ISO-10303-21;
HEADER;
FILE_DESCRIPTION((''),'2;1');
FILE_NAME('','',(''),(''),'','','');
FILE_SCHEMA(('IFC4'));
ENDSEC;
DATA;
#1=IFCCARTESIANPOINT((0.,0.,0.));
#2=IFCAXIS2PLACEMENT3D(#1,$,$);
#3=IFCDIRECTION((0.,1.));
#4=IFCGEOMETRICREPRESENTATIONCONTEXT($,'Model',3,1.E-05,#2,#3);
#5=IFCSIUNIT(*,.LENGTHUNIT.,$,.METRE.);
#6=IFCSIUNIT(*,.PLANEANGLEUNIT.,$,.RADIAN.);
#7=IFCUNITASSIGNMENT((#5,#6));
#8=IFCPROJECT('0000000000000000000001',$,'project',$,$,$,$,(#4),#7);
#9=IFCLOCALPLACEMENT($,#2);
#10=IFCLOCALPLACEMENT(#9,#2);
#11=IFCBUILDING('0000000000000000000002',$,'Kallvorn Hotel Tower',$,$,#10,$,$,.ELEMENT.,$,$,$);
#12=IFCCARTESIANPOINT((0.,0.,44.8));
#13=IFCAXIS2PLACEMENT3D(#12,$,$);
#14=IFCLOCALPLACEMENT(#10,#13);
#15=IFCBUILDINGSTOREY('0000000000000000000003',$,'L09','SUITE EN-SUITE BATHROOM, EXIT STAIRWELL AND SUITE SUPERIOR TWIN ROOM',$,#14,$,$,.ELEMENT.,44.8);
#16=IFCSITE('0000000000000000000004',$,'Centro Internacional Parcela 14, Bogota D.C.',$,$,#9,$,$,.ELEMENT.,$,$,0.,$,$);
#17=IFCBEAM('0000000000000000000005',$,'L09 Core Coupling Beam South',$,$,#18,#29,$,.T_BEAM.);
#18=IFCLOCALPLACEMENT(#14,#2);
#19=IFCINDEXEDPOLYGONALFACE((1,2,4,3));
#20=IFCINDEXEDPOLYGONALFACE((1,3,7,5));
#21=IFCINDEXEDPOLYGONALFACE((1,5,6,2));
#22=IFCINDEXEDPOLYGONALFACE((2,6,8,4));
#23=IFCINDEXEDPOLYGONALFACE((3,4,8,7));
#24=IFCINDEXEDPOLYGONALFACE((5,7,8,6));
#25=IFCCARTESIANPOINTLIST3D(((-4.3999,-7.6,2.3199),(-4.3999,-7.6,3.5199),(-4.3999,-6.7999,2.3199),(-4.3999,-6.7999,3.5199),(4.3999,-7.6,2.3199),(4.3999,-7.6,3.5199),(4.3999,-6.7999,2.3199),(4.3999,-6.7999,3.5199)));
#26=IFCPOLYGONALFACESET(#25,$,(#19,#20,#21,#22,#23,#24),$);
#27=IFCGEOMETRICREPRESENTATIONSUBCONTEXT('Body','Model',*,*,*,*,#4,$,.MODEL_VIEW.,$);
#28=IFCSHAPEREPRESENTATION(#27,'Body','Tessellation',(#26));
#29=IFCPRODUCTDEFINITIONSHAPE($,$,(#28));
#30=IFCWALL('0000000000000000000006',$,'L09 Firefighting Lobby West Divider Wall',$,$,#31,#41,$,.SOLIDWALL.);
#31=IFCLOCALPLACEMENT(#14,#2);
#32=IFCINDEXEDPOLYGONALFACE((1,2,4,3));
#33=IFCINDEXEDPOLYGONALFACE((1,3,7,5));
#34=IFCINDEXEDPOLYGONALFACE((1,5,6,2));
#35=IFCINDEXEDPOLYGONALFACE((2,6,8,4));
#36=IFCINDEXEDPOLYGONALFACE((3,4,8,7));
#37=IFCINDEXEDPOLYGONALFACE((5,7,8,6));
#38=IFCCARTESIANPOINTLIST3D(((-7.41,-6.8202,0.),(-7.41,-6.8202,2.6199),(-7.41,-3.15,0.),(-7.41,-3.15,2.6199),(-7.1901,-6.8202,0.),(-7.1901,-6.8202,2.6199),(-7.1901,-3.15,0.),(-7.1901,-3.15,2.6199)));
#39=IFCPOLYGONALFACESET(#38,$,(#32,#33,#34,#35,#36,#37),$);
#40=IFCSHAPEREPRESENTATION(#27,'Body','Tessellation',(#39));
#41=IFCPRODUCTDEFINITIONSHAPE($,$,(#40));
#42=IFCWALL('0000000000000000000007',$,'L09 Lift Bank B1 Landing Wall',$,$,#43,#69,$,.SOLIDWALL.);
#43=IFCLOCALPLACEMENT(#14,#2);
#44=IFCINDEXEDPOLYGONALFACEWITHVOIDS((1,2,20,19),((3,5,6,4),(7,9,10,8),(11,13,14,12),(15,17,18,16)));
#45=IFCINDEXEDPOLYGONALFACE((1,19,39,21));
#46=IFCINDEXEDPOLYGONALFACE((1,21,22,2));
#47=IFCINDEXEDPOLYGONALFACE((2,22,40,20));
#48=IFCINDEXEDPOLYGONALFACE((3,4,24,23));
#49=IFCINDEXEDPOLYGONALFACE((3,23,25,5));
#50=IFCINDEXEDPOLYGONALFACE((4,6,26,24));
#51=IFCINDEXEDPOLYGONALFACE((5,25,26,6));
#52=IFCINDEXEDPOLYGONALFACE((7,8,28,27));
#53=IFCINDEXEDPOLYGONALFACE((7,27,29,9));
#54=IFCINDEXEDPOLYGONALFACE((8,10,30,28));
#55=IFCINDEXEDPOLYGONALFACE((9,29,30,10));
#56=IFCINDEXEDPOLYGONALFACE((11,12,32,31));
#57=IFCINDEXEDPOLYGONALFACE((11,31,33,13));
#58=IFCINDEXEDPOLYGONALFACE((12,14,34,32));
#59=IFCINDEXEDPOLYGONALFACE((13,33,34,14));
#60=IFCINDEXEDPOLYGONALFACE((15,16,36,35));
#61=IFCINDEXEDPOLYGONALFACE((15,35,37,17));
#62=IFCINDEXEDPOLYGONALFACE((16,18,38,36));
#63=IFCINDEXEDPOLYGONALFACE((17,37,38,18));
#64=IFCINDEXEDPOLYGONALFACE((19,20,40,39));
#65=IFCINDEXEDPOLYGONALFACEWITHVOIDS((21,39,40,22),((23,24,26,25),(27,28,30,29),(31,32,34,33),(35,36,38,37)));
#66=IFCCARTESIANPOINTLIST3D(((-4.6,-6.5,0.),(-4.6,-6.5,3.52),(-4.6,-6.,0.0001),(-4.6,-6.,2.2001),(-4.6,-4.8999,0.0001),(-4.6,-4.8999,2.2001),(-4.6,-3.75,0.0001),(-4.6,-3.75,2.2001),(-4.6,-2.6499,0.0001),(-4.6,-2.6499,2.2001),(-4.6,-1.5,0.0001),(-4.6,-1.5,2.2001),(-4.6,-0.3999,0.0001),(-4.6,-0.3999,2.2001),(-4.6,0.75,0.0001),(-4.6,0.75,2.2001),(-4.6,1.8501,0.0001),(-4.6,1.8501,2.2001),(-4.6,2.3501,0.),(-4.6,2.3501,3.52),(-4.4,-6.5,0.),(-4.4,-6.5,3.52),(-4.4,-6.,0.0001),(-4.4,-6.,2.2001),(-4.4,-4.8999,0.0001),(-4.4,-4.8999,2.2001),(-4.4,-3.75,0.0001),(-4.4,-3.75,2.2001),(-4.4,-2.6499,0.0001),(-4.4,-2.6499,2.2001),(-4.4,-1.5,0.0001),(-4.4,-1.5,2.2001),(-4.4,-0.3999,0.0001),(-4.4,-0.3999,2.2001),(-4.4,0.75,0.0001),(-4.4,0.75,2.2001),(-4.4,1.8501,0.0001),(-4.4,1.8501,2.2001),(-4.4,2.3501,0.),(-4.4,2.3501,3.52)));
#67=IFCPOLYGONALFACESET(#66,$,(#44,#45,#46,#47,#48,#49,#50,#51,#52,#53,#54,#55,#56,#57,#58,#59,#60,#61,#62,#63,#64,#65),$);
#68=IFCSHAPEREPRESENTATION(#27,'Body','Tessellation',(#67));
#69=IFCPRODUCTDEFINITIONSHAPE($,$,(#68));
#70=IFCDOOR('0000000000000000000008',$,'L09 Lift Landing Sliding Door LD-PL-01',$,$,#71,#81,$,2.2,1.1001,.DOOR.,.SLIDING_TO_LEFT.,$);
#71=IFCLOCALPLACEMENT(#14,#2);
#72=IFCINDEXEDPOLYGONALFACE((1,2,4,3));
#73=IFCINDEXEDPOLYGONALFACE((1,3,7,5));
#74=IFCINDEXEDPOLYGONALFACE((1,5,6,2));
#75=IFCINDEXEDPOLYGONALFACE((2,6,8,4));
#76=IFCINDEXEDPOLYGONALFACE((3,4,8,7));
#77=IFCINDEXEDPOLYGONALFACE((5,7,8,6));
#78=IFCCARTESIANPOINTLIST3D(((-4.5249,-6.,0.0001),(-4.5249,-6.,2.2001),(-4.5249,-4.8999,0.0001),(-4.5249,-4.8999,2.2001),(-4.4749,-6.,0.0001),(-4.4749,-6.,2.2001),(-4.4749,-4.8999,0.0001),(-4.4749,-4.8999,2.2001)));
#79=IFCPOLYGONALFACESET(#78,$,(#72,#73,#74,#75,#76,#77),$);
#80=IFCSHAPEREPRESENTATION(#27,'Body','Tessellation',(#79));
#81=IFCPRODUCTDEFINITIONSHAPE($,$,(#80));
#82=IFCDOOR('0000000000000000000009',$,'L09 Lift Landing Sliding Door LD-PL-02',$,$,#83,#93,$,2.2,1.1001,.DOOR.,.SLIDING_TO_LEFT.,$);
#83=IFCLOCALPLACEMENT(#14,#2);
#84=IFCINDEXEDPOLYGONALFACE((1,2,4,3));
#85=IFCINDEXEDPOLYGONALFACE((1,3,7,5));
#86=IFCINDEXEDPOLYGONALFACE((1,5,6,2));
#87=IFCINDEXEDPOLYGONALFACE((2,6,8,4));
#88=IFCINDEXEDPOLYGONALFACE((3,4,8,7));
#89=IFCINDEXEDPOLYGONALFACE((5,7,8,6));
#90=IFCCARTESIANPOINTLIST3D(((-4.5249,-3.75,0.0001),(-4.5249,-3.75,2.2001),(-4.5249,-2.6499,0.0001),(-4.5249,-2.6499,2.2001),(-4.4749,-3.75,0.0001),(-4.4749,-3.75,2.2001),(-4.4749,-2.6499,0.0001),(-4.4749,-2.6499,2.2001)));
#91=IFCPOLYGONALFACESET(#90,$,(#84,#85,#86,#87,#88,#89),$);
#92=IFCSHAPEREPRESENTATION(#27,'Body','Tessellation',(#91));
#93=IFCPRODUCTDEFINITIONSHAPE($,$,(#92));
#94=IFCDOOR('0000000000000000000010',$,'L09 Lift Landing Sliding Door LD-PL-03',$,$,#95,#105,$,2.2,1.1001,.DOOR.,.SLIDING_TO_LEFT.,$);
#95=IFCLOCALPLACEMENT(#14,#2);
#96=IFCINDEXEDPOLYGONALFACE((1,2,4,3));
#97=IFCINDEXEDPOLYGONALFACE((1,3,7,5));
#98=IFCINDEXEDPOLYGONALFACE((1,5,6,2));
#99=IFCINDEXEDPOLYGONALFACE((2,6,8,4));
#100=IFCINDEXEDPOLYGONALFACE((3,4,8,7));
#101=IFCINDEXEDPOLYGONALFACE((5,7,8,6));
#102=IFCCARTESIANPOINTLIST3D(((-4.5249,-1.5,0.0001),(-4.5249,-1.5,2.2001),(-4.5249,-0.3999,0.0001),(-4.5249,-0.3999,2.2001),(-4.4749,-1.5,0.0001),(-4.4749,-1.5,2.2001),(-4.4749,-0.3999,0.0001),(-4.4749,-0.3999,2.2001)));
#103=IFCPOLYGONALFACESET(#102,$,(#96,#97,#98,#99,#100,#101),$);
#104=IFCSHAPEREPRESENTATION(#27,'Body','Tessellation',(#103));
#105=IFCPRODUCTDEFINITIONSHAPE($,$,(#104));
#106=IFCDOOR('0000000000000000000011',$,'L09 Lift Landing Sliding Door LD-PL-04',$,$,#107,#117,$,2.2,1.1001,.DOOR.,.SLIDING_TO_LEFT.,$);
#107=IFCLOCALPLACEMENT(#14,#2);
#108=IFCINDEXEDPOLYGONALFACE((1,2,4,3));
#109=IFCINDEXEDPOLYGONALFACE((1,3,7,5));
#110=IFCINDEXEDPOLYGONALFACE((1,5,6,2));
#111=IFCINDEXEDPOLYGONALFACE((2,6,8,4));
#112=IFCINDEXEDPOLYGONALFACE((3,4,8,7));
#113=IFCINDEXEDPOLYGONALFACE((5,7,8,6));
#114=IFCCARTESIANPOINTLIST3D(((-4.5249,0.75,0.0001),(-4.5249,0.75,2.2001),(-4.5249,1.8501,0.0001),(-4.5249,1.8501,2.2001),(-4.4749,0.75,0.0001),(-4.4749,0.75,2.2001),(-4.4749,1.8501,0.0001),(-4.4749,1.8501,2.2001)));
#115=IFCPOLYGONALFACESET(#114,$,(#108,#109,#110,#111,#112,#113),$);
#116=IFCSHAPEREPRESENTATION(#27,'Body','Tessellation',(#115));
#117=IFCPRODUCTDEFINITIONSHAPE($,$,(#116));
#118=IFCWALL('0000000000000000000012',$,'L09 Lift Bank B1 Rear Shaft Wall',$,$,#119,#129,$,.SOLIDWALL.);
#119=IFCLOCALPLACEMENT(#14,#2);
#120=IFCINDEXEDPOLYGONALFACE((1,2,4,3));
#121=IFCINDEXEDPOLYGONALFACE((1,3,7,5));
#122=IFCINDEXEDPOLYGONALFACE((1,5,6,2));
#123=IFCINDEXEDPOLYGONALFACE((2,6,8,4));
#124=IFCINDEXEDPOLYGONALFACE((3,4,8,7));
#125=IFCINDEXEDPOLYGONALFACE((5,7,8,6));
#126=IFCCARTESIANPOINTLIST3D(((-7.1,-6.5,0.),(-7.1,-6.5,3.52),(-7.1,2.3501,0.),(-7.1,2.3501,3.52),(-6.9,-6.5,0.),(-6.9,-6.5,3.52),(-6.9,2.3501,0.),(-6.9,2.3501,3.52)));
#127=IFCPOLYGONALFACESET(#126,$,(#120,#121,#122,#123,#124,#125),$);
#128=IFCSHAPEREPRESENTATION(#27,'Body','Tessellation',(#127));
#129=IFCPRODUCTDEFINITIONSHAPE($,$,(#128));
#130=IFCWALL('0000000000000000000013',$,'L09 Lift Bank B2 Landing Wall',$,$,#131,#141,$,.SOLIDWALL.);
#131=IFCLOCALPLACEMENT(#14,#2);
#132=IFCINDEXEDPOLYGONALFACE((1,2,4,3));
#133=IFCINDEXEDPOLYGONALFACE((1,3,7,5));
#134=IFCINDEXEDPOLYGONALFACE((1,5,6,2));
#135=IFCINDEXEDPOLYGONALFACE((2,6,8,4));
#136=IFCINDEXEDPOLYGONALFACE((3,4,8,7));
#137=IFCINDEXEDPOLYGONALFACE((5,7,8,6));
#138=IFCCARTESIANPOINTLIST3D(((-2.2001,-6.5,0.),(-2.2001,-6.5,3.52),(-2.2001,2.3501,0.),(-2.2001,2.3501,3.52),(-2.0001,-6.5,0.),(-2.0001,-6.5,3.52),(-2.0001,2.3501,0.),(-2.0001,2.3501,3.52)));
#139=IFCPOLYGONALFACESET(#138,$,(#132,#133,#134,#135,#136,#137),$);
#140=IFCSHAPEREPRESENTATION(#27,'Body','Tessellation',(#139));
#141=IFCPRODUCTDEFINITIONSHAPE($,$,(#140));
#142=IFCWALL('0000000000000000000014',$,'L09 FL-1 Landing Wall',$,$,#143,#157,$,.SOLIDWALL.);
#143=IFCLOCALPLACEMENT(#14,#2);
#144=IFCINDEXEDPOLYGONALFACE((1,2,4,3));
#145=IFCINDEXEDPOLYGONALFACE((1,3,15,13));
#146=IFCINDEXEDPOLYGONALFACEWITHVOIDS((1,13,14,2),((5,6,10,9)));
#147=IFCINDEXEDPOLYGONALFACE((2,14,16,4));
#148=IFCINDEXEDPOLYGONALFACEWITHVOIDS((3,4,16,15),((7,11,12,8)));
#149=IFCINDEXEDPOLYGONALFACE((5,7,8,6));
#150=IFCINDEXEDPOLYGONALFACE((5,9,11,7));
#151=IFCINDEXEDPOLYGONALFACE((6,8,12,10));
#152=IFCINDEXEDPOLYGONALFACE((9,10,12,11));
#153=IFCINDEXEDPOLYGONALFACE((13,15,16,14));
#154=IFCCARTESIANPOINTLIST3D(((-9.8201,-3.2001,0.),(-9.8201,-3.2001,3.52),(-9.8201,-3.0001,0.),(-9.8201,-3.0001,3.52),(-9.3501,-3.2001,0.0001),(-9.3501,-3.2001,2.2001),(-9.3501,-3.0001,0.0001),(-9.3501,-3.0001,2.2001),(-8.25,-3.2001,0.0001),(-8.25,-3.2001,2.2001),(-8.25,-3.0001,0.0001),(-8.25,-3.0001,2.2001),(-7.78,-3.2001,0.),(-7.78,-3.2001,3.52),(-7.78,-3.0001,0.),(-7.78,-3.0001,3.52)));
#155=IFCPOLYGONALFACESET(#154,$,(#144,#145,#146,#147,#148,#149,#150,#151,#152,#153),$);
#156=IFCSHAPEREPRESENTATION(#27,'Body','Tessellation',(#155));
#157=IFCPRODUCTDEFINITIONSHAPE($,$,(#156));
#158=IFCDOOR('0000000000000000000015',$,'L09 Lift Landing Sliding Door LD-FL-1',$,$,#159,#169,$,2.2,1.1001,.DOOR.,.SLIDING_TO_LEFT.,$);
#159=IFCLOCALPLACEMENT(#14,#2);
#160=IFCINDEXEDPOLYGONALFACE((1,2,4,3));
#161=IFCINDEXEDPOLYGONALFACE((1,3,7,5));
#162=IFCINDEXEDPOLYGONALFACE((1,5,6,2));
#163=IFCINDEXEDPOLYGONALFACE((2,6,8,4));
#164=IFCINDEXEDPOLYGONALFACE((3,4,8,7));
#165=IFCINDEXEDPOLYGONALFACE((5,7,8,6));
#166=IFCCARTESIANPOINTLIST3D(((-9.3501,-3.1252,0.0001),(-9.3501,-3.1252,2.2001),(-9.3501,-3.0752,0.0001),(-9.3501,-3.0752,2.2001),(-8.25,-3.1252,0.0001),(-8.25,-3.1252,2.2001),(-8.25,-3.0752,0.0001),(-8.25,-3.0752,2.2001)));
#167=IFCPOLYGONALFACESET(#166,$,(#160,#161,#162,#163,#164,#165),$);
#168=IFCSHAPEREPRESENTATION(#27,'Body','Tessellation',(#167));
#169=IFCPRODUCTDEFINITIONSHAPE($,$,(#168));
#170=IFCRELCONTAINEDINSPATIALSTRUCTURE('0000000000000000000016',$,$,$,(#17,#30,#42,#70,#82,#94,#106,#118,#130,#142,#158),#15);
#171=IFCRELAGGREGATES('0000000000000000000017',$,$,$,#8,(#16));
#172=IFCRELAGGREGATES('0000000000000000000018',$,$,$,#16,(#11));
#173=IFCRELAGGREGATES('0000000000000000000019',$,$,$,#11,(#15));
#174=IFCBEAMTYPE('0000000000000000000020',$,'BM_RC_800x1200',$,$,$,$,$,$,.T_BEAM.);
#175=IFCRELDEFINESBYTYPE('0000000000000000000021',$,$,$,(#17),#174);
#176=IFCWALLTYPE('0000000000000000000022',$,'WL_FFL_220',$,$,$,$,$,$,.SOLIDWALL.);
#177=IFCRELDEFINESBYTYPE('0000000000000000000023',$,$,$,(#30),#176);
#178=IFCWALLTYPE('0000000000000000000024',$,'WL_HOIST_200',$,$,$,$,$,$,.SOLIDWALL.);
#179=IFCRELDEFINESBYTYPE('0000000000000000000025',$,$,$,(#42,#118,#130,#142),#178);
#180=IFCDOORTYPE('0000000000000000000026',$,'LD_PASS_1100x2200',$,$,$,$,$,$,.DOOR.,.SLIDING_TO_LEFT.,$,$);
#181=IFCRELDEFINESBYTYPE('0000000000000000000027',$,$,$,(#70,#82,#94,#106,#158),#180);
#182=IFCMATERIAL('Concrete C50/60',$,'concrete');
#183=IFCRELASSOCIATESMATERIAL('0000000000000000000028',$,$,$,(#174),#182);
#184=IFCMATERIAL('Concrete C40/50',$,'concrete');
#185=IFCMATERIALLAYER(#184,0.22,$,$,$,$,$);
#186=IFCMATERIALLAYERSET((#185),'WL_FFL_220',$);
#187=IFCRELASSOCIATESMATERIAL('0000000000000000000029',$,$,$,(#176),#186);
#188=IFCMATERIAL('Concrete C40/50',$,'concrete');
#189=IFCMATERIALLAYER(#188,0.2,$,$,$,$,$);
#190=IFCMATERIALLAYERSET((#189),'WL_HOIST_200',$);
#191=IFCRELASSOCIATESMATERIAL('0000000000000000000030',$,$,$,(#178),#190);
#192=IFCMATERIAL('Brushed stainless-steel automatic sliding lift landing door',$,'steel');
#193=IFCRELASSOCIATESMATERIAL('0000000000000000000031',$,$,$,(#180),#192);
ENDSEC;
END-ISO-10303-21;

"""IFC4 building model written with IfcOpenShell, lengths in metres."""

from ifc_helpers import new_model, si_unit, direction, frame, frame_2d, origin, origin_2d, place, context, subcontext, project, spatial, rectangle, extrude, material, layer, layer_set, material_profile, profile_set, type_object, element, fill, save


model = new_model("IFC4")

# Units and contexts
model_context = context("Model", 3, precision=1e-05, world=origin(), true_north=direction((0.0, 1.0)))
body_context = subcontext(model_context, "Body", "Model", "MODEL_VIEW")
ifc_project = project(units=[si_unit("LENGTHUNIT", "METRE"), si_unit("PLANEANGLEUNIT", "RADIAN")], contexts=[model_context])

# Site, building, storey
site_placement = place(None, origin())
site = spatial("IfcSite", under=ifc_project, at=site_placement, Name="Centro Internacional Parcela 14, Bogota D.C.", CompositionType="ELEMENT", RefElevation=0.0)
building_placement = place(site_placement, origin())
building = spatial("IfcBuilding", under=site, at=building_placement, Name="Kallvorn Hotel Tower", CompositionType="ELEMENT")
storey_placement = place(building_placement, frame((0.0, 0.0, 44.8)))
storey = spatial("IfcBuildingStorey", under=building, at=storey_placement, Name="L09", Description="SUITE EN-SUITE BATHROOM, EXIT STAIRWELL AND SUITE SUPERIOR TWIN ROOM", CompositionType="ELEMENT", Elevation=44.8)

# Beam
ifc_material_1 = material(Name="Concrete C50/60", Category="concrete")
ifc_material_profile_1 = material_profile(ifc_material_1, rectangle(XDim=0.8, YDim=1.2, at=origin_2d()), Name="RC 800x1200")
ifc_profile_set_1 = profile_set([ifc_material_profile_1], Name="Concrete C50/60")
beam_type_1 = type_object("IfcBeamType", Name="BM_RC_800x1200", PredefinedType="T_BEAM", material=ifc_profile_set_1)
beam_1_placement = place(storey_placement, frame((-4.3999, -7.2, 2.9199), z_axis=(1.0, 0.0, 0.0), x_axis=(0.0, 1.0, 0.0)))
element("IfcBeam", 1, at=beam_1_placement, inside=storey, type_object=beam_type_1, Name="L09 Core Coupling Beam South", PredefinedType="T_BEAM", context=body_context, shape_type="SweptSolid", body=[
    extrude(rectangle(XDim=0.8, YDim=1.2, at=origin_2d()), origin(), (0.0, 0.0, 1.0), 8.7998),
])

# Wall
ifc_material_2 = material(Name="Concrete C40/50", Category="concrete")
ifc_layer_1 = layer(ifc_material_2, 0.22)
ifc_layer_set_1 = layer_set([ifc_layer_1], Name="WL_FFL_220")
wall_type_1 = type_object("IfcWallType", Name="WL_FFL_220", PredefinedType="SOLIDWALL", material=ifc_layer_set_1)
wall_1_placement = place(storey_placement, frame((-7.3, -6.8201, 0.0), z_axis=(0.0, 0.0, 1.0), x_axis=(0.0, 1.0, 0.0)))
element("IfcWall", 2, at=wall_1_placement, inside=storey, type_object=wall_type_1, Name="L09 Firefighting Lobby West Divider Wall", PredefinedType="SOLIDWALL", context=body_context, shape_type="SweptSolid", body=[
    extrude(rectangle(XDim=3.6702, YDim=0.22, at=frame_2d((1.835, 0.0))), origin(), (0.0, 0.0, 1.0), 2.6199),
])

# Wall, openings, doors
ifc_material_3 = material(Name="Concrete C40/50", Category="concrete")
ifc_layer_2 = layer(ifc_material_3, 0.2)
ifc_layer_set_2 = layer_set([ifc_layer_2], Name="WL_HOIST_200")
wall_type_2 = type_object("IfcWallType", Name="WL_HOIST_200", PredefinedType="SOLIDWALL", material=ifc_layer_set_2)
wall_2_placement = place(storey_placement, frame((-4.5, -6.5, 0.0), z_axis=(0.0, 0.0, 1.0), x_axis=(0.0, 1.0, 0.0)))
wall_2 = element("IfcWall", 3, at=wall_2_placement, inside=storey, type_object=wall_type_2, Name="L09 Lift Bank B1 Landing Wall", PredefinedType="SOLIDWALL", context=body_context, shape_type="SweptSolid", body=[
    extrude(rectangle(XDim=8.8501, YDim=0.2, at=frame_2d((4.425, 0.0))), origin(), (0.0, 0.0, 1.0), 3.52),
])
opening_1_placement = place(wall_2_placement, frame((0.5, 0.0, 0.0)))
opening_1 = element("IfcOpeningElement", 4, at=opening_1_placement, cuts=wall_2, PredefinedType="OPENING", context=body_context, shape_type="SweptSolid", body=[
    extrude(rectangle(XDim=1.1001, YDim=2.2, at=frame_2d((0.55, 1.1001))), frame((0.0, 0.115, 0.0), z_axis=(0.0, -1.0, 0.0), x_axis=(1.0, 0.0, 0.0)), (0.0, 0.0, 1.0), 0.23),
])
opening_2_placement = place(wall_2_placement, frame((2.75, 0.0, 0.0)))
opening_2 = element("IfcOpeningElement", 5, at=opening_2_placement, cuts=wall_2, PredefinedType="OPENING", context=body_context, shape_type="SweptSolid", body=[
    extrude(rectangle(XDim=1.1001, YDim=2.2, at=frame_2d((0.55, 1.1001))), frame((0.0, 0.115, 0.0), z_axis=(0.0, -1.0, 0.0), x_axis=(1.0, 0.0, 0.0)), (0.0, 0.0, 1.0), 0.23),
])
opening_3_placement = place(wall_2_placement, frame((5.0, 0.0, 0.0)))
opening_3 = element("IfcOpeningElement", 6, at=opening_3_placement, cuts=wall_2, PredefinedType="OPENING", context=body_context, shape_type="SweptSolid", body=[
    extrude(rectangle(XDim=1.1001, YDim=2.2, at=frame_2d((0.55, 1.1001))), frame((0.0, 0.115, 0.0), z_axis=(0.0, -1.0, 0.0), x_axis=(1.0, 0.0, 0.0)), (0.0, 0.0, 1.0), 0.23),
])
opening_4_placement = place(wall_2_placement, frame((7.25, 0.0, 0.0)))
opening_4 = element("IfcOpeningElement", 7, at=opening_4_placement, cuts=wall_2, PredefinedType="OPENING", context=body_context, shape_type="SweptSolid", body=[
    extrude(rectangle(XDim=1.1001, YDim=2.2, at=frame_2d((0.55, 1.1001))), frame((0.0, 0.115, 0.0), z_axis=(0.0, -1.0, 0.0), x_axis=(1.0, 0.0, 0.0)), (0.0, 0.0, 1.0), 0.23),
])
ifc_material_4 = material(Name="Brushed stainless-steel automatic sliding lift landing door", Category="steel")
door_type_1 = type_object("IfcDoorType", Name="LD_PASS_1100x2200", OperationType="SLIDING_TO_LEFT", PredefinedType="DOOR", material=ifc_material_4)
door_1_placement = place(opening_1_placement, origin())
door_1 = element("IfcDoor", 8, at=door_1_placement, inside=storey, type_object=door_type_1, Name="L09 Lift Landing Sliding Door LD-PL-01", OperationType="SLIDING_TO_LEFT", OverallHeight=2.2, OverallWidth=1.1001, PredefinedType="DOOR", context=body_context, shape_type="SweptSolid", body=[
    extrude(rectangle(XDim=1.1001, YDim=2.2, at=frame_2d((0.55, 1.1001))), frame((0.0, 0.0249, 0.0), z_axis=(0.0, -1.0, 0.0), x_axis=(1.0, 0.0, 0.0)), (0.0, 0.0, 1.0), 0.05),
])
fill(opening_1, door_1)
door_2_placement = place(opening_2_placement, origin())
door_2 = element("IfcDoor", 9, at=door_2_placement, inside=storey, type_object=door_type_1, Name="L09 Lift Landing Sliding Door LD-PL-02", OperationType="SLIDING_TO_LEFT", OverallHeight=2.2, OverallWidth=1.1001, PredefinedType="DOOR", context=body_context, shape_type="SweptSolid", body=[
    extrude(rectangle(XDim=1.1001, YDim=2.2, at=frame_2d((0.55, 1.1001))), frame((0.0, 0.0249, 0.0), z_axis=(0.0, -1.0, 0.0), x_axis=(1.0, 0.0, 0.0)), (0.0, 0.0, 1.0), 0.05),
])
fill(opening_2, door_2)
door_3_placement = place(opening_3_placement, origin())
door_3 = element("IfcDoor", 10, at=door_3_placement, inside=storey, type_object=door_type_1, Name="L09 Lift Landing Sliding Door LD-PL-03", OperationType="SLIDING_TO_LEFT", OverallHeight=2.2, OverallWidth=1.1001, PredefinedType="DOOR", context=body_context, shape_type="SweptSolid", body=[
    extrude(rectangle(XDim=1.1001, YDim=2.2, at=frame_2d((0.55, 1.1001))), frame((0.0, 0.0249, 0.0), z_axis=(0.0, -1.0, 0.0), x_axis=(1.0, 0.0, 0.0)), (0.0, 0.0, 1.0), 0.05),
])
fill(opening_3, door_3)
door_4_placement = place(opening_4_placement, origin())
door_4 = element("IfcDoor", 11, at=door_4_placement, inside=storey, type_object=door_type_1, Name="L09 Lift Landing Sliding Door LD-PL-04", OperationType="SLIDING_TO_LEFT", OverallHeight=2.2, OverallWidth=1.1001, PredefinedType="DOOR", context=body_context, shape_type="SweptSolid", body=[
    extrude(rectangle(XDim=1.1001, YDim=2.2, at=frame_2d((0.55, 1.1001))), frame((0.0, 0.0249, 0.0), z_axis=(0.0, -1.0, 0.0), x_axis=(1.0, 0.0, 0.0)), (0.0, 0.0, 1.0), 0.05),
])
fill(opening_4, door_4)

# Walls
for number, where, z_axis, x_axis, name in (
    (12, (-7.0, -6.5, 0.0), (0.0, 0.0, 1.0), (0.0, 1.0, 0.0), "L09 Lift Bank B1 Rear Shaft Wall"),
    (13, (-2.1001, -6.5, 0.0), (0.0, 0.0, 1.0), (0.0, 1.0, 0.0), "L09 Lift Bank B2 Landing Wall"),
):
    element("IfcWall", number, at=place(storey_placement, frame(where, z_axis=z_axis, x_axis=x_axis)), inside=storey, type_object=wall_type_2, Name=name, PredefinedType="SOLIDWALL", context=body_context, shape_type="SweptSolid", body=[
        extrude(rectangle(XDim=8.8501, YDim=0.2, at=frame_2d((4.425, 0.0))), origin(), (0.0, 0.0, 1.0), 3.52),
    ])

# Wall, opening, door
wall_3_placement = place(storey_placement, frame((-9.8201, -3.1001, 0.0), z_axis=(0.0, 0.0, 1.0), x_axis=(1.0, 0.0, 0.0)))
wall_3 = element("IfcWall", 14, at=wall_3_placement, inside=storey, type_object=wall_type_2, Name="L09 FL-1 Landing Wall", PredefinedType="SOLIDWALL", context=body_context, shape_type="SweptSolid", body=[
    extrude(rectangle(XDim=2.04, YDim=0.2, at=frame_2d((1.02, 0.0))), origin(), (0.0, 0.0, 1.0), 3.52),
])
opening_5_placement = place(wall_3_placement, frame((0.47, 0.0, 0.0)))
opening_5 = element("IfcOpeningElement", 15, at=opening_5_placement, cuts=wall_3, PredefinedType="OPENING", context=body_context, shape_type="SweptSolid", body=[
    extrude(rectangle(XDim=1.1001, YDim=2.2, at=frame_2d((0.55, 1.1001))), frame((0.0, 0.115, 0.0), z_axis=(0.0, -1.0, 0.0), x_axis=(1.0, 0.0, 0.0)), (0.0, 0.0, 1.0), 0.23),
])
door_5_placement = place(opening_5_placement, origin())
door_5 = element("IfcDoor", 16, at=door_5_placement, inside=storey, type_object=door_type_1, Name="L09 Lift Landing Sliding Door LD-FL-1", OperationType="SLIDING_TO_LEFT", OverallHeight=2.2, OverallWidth=1.1001, PredefinedType="DOOR", context=body_context, shape_type="SweptSolid", body=[
    extrude(rectangle(XDim=1.1001, YDim=2.2, at=frame_2d((0.55, 1.1001))), frame((0.0, 0.0249, 0.0), z_axis=(0.0, -1.0, 0.0), x_axis=(1.0, 0.0, 0.0)), (0.0, 0.0, 1.0), 0.05),
])
fill(opening_5, door_5)

save(model, "model.ifc")
